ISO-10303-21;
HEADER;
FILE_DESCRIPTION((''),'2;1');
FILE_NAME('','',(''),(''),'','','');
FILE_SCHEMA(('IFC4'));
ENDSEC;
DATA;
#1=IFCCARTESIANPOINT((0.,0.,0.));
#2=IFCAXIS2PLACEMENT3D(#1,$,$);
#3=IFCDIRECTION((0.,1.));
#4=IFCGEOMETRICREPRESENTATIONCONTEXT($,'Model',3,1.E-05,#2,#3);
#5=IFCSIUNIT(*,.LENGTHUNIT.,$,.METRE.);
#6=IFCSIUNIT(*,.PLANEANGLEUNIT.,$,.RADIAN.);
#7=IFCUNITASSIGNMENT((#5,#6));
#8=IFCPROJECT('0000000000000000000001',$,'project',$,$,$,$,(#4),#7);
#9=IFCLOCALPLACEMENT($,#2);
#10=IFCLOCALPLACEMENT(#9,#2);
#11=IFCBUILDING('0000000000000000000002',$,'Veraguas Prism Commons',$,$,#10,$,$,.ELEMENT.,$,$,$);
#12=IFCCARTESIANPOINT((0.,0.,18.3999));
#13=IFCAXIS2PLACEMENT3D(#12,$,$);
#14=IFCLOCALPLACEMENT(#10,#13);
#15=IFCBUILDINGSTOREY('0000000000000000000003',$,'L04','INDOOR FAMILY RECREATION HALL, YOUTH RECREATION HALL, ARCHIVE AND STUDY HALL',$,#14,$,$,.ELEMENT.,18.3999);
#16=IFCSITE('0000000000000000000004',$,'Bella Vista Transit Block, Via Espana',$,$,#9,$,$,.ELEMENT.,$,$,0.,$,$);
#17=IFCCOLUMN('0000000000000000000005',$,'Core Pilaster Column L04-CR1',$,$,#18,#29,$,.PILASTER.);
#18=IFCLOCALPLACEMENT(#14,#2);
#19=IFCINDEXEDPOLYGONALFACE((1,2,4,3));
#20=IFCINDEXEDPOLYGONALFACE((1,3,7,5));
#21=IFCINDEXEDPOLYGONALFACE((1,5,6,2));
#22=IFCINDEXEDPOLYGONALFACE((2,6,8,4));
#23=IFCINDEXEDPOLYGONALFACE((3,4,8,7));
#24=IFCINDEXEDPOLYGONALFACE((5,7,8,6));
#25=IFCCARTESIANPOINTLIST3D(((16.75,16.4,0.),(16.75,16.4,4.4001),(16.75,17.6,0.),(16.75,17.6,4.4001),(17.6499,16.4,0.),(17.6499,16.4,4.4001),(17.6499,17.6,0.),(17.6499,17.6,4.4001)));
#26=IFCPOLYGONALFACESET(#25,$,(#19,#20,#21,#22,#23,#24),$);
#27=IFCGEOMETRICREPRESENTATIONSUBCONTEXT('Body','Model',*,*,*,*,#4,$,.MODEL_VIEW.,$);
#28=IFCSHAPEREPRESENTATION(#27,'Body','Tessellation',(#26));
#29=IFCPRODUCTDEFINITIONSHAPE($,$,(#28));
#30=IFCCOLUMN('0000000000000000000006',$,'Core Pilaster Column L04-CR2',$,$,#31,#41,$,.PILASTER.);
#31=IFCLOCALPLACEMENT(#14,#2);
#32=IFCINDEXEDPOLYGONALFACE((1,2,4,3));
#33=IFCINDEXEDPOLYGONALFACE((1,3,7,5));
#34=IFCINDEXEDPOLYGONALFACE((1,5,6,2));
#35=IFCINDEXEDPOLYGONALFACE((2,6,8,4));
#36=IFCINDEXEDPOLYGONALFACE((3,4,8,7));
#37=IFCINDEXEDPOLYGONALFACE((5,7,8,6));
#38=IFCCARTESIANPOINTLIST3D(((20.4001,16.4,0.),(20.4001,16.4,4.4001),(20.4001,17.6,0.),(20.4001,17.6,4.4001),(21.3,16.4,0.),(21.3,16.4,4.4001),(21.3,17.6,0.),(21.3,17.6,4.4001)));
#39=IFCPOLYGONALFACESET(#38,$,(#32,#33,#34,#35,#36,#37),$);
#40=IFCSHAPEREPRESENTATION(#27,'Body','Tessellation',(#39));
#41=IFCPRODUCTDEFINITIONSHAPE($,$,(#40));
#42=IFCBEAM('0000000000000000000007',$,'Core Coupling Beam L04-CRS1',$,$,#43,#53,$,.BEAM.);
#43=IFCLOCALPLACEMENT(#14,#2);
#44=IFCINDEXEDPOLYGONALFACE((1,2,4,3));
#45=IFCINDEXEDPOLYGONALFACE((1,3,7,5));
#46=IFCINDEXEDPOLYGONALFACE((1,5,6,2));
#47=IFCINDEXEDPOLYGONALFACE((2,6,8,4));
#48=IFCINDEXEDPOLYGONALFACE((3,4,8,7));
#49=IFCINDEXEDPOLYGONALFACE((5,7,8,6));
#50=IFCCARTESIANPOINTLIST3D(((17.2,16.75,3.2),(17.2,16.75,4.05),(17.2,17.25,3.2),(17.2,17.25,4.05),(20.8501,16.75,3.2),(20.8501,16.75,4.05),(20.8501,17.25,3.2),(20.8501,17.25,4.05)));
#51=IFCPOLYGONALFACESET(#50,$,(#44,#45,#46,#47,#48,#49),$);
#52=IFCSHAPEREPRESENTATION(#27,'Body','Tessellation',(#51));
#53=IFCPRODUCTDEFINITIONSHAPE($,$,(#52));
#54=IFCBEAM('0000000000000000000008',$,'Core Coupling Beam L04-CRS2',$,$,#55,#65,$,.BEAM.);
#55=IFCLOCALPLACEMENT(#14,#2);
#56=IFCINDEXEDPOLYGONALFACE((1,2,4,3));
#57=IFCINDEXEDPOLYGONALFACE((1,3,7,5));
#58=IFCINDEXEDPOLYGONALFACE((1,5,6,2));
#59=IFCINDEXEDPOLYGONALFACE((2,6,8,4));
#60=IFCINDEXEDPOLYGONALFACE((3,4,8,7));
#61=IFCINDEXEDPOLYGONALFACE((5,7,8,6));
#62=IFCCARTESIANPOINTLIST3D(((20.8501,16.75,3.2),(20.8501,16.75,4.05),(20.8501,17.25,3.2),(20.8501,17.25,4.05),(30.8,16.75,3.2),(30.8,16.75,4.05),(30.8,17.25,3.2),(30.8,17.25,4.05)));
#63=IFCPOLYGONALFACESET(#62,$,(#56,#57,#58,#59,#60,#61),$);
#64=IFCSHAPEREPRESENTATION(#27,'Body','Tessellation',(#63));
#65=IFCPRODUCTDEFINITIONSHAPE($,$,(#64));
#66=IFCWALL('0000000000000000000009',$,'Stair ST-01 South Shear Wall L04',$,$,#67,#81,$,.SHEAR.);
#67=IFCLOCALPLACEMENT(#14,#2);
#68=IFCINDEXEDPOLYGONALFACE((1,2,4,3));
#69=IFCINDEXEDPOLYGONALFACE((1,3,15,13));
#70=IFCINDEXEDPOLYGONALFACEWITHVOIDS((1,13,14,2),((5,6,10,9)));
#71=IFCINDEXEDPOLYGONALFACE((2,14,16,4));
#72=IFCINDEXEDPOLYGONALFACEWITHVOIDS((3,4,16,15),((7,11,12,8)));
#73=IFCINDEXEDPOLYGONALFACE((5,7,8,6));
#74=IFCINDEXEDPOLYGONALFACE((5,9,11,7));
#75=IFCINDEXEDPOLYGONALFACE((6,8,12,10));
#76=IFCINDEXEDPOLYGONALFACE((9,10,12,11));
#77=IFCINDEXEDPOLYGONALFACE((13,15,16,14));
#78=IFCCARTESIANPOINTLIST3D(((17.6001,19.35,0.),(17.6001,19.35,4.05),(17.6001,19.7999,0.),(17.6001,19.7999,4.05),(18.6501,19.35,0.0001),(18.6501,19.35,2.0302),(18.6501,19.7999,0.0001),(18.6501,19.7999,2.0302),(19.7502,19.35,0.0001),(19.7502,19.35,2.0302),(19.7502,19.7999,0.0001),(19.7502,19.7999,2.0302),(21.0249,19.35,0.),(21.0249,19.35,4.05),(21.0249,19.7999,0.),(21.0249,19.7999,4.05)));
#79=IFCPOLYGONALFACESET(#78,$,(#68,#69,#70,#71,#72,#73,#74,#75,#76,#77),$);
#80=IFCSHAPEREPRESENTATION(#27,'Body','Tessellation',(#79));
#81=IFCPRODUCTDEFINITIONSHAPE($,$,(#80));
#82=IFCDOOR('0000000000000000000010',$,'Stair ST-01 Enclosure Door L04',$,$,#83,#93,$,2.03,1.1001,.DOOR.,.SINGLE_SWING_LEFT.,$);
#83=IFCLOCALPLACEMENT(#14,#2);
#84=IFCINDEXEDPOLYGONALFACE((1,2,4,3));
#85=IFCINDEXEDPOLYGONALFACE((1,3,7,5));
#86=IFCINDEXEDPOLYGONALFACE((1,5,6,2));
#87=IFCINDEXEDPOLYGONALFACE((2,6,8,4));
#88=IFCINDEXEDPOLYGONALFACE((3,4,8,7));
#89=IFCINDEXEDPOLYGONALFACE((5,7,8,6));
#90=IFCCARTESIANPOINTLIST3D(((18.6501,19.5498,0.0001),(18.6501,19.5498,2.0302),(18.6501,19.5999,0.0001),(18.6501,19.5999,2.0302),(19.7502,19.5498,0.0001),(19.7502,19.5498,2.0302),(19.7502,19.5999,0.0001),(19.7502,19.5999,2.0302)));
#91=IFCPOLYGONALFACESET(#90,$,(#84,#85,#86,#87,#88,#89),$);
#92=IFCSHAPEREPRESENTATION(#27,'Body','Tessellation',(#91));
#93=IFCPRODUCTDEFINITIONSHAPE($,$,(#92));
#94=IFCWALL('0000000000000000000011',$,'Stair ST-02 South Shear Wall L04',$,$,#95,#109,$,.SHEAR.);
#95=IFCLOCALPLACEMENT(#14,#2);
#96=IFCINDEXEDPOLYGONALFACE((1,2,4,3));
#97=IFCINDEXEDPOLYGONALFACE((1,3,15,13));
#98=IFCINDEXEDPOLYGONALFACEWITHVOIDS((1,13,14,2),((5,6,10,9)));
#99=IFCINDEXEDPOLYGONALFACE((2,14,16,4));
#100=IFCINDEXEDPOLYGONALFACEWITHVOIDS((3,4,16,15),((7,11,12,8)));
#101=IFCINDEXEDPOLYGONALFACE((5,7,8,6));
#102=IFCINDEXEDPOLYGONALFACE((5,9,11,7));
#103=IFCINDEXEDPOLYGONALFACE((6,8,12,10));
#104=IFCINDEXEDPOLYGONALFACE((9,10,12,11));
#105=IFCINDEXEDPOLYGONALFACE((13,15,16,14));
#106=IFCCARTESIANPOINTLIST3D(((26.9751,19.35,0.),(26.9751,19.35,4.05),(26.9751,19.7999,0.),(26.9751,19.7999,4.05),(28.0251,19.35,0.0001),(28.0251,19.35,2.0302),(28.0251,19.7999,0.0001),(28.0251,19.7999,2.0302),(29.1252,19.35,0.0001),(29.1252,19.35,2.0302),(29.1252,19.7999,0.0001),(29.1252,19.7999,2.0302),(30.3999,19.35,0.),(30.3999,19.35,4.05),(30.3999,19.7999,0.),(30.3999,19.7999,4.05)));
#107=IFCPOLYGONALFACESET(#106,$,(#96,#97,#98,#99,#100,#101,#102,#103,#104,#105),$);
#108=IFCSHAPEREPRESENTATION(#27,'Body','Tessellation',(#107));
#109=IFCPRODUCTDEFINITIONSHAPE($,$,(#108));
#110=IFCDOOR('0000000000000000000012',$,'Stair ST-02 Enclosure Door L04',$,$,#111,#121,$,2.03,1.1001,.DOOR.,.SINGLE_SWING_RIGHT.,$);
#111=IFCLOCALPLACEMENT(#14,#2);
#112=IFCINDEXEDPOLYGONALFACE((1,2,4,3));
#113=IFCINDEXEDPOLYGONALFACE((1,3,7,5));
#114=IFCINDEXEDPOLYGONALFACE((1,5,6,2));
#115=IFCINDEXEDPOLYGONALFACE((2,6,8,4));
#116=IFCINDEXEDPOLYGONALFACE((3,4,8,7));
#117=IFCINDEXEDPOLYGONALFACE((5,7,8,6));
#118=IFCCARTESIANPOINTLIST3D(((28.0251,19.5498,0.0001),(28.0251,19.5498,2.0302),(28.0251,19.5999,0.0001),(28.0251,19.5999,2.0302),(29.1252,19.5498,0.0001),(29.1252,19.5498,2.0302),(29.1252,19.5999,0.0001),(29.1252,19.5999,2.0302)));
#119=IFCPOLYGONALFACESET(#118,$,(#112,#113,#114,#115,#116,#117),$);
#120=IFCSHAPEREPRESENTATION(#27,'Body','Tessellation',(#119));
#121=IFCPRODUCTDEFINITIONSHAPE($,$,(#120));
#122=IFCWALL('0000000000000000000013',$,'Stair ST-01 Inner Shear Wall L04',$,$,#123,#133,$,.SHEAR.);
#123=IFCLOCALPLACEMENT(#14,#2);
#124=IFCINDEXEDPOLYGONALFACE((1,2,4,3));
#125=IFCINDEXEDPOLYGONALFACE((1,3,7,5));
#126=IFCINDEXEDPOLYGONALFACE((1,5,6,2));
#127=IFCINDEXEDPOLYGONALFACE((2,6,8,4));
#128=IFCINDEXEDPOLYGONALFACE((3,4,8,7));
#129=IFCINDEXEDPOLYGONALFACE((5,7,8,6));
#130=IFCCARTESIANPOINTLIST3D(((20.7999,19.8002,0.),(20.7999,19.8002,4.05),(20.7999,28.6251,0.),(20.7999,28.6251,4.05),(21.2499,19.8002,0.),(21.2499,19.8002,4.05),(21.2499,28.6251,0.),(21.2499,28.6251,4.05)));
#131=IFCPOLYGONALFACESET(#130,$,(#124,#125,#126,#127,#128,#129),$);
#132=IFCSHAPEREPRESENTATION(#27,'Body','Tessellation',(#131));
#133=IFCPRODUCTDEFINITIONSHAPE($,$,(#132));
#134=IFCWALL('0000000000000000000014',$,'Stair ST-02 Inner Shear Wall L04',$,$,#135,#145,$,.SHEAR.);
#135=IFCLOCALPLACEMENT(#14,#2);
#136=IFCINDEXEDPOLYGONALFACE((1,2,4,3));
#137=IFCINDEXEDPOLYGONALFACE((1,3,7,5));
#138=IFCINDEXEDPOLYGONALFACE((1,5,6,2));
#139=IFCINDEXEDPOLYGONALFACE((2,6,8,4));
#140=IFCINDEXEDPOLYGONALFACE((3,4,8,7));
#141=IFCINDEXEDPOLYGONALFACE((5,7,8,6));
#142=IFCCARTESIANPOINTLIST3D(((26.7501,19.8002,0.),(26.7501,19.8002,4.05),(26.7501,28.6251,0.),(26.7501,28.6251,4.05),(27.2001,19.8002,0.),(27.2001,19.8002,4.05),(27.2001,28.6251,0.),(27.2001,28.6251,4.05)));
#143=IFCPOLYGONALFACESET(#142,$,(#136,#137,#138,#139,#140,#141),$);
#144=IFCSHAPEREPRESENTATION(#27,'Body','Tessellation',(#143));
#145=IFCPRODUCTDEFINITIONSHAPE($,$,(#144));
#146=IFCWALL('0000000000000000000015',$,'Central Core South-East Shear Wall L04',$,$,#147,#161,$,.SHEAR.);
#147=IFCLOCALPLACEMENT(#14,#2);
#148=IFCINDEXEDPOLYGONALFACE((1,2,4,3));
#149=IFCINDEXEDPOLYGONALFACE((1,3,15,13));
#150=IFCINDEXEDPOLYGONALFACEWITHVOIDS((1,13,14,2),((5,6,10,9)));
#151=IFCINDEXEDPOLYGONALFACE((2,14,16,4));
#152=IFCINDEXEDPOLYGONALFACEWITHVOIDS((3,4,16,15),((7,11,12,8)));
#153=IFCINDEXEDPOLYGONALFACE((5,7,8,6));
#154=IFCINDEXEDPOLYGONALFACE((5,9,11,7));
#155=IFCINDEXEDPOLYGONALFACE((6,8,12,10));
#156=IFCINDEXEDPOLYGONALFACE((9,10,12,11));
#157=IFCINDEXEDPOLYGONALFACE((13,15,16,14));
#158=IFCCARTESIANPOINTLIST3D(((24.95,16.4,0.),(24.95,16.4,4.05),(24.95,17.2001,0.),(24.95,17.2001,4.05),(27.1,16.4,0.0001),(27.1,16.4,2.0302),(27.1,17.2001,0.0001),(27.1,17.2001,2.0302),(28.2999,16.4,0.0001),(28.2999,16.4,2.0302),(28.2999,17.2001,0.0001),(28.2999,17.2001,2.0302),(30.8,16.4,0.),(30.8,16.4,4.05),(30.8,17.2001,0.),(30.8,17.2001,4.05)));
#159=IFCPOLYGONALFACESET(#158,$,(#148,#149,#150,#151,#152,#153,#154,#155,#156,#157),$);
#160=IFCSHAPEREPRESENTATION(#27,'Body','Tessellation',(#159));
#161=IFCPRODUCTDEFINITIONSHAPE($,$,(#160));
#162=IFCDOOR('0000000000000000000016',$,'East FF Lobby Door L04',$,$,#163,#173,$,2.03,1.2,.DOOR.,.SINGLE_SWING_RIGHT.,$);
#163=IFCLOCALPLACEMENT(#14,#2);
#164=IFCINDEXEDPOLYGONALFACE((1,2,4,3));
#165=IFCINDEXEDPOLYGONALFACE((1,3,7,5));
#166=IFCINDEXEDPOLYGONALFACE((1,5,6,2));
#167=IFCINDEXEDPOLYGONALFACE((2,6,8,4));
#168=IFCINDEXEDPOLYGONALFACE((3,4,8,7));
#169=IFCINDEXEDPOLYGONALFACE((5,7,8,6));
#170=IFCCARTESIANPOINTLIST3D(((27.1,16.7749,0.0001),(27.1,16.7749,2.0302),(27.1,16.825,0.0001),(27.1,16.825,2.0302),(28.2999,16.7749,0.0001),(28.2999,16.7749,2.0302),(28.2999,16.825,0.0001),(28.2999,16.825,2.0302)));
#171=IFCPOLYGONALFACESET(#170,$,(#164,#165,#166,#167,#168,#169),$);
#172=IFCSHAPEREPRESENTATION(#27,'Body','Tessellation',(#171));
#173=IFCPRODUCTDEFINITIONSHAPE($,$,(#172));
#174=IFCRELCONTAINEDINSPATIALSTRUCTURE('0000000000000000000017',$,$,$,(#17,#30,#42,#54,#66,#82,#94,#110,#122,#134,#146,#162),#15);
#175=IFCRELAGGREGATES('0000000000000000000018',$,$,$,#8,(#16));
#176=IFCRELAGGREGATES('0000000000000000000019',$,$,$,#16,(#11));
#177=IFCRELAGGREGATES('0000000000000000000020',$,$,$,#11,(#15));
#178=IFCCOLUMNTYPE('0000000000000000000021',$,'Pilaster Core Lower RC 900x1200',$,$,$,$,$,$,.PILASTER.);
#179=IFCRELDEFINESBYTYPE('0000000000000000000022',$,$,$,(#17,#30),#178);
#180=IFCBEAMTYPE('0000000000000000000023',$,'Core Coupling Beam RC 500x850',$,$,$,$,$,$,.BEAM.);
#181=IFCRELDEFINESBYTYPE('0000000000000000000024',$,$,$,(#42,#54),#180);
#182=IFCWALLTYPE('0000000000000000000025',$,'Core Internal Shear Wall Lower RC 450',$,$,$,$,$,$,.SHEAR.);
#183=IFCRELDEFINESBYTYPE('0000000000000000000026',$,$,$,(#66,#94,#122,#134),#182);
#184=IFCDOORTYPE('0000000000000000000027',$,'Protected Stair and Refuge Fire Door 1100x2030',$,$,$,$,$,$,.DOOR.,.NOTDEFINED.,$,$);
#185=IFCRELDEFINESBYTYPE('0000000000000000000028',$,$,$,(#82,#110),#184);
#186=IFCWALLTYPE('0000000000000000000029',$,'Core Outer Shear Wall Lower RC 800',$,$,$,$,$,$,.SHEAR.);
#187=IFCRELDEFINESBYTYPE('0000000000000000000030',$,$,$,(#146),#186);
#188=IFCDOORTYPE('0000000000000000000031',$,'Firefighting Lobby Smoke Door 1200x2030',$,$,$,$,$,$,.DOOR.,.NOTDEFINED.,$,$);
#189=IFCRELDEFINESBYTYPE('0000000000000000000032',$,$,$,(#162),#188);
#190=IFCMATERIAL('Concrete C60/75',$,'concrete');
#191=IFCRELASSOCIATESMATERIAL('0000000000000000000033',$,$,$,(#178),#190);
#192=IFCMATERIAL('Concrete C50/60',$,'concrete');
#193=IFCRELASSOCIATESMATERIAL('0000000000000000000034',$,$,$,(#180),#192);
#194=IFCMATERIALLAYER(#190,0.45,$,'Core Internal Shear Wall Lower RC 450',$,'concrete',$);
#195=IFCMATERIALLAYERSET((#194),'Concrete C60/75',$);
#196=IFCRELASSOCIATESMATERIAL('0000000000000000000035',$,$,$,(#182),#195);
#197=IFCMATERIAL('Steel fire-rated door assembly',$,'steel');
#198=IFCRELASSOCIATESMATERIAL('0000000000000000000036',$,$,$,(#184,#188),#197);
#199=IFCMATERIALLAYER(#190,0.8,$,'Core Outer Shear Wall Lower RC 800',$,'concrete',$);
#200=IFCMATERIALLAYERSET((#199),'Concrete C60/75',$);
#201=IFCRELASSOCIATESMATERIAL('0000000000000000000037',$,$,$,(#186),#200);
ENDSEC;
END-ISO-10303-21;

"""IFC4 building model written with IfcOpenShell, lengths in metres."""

from ifc_helpers import new_model, si_unit, direction, frame, frame_2d, origin, origin_2d, place, context, subcontext, project, spatial, rectangle, extrude, source, transform, mapped, material, layer, layer_set, material_profile, profile_set, type_object, element, fill, save


model = new_model("IFC4")

# Units and contexts
model_context = context("Model", 3, precision=1e-05, world=origin(), true_north=direction((0.0, 1.0)))
body_context = subcontext(model_context, "Body", "Model", "MODEL_VIEW")
ifc_project = project(units=[si_unit("LENGTHUNIT", "METRE"), si_unit("PLANEANGLEUNIT", "RADIAN")], contexts=[model_context])

# Site, building, storey
site_placement = place(None, origin())
site = spatial("IfcSite", under=ifc_project, at=site_placement, Name="Bella Vista Transit Block, Via Espana", CompositionType="ELEMENT", RefElevation=0.0)
building_placement = place(site_placement, origin())
building = spatial("IfcBuilding", under=site, at=building_placement, Name="Veraguas Prism Commons", CompositionType="ELEMENT")
storey_placement = place(building_placement, frame((0.0, 0.0, 18.3999)))
storey = spatial("IfcBuildingStorey", under=building, at=storey_placement, Name="L04", Description="INDOOR FAMILY RECREATION HALL, YOUTH RECREATION HALL, ARCHIVE AND STUDY HALL", CompositionType="ELEMENT", Elevation=18.3999)

# Columns
ifc_material_1 = material(Name="Concrete C60/75", Category="concrete")
ifc_material_profile_1 = material_profile(ifc_material_1, rectangle(XDim=0.8999, YDim=1.2, at=origin_2d()), Name="RC900X1200")
ifc_profile_set_1 = profile_set([ifc_material_profile_1], Name="Concrete C60/75")
column_type = type_object("IfcColumnType", Name="Pilaster Core Lower RC 900x1200", PredefinedType="PILASTER", material=ifc_profile_set_1)
for number, where, z_axis, x_axis, name in (
    (1, (17.2, 17.0, 0.0), (0.0, 0.0, 1.0), (1.0, 0.0, 0.0), "Core Pilaster Column L04-CR1"),
    (2, (20.8501, 17.0, 0.0), (0.0, 0.0, 1.0), (1.0, 0.0, 0.0), "Core Pilaster Column L04-CR2"),
):
    element("IfcColumn", number, at=place(storey_placement, frame(where, z_axis=z_axis, x_axis=x_axis)), inside=storey, type_object=column_type, Name=name, PredefinedType="PILASTER", context=body_context, shape_type="SweptSolid", body=[
        extrude(rectangle(XDim=0.8999, YDim=1.2, at=origin_2d()), origin(), (0.0, 0.0, 1.0), 4.4001),
    ])

# Beams
ifc_material_2 = material(Name="Concrete C50/60", Category="concrete")
ifc_material_profile_2 = material_profile(ifc_material_2, rectangle(XDim=0.5, YDim=0.8501, at=origin_2d()), Name="RC500X850")
ifc_profile_set_2 = profile_set([ifc_material_profile_2], Name="Concrete C50/60")
beam_type = type_object("IfcBeamType", Name="Core Coupling Beam RC 500x850", PredefinedType="BEAM", material=ifc_profile_set_2)
beam_1_placement = place(storey_placement, frame((17.2, 17.0, 3.625), z_axis=(1.0, 0.0, 0.0), x_axis=(0.0, 1.0, 0.0)))
element("IfcBeam", 3, at=beam_1_placement, inside=storey, type_object=beam_type, Name="Core Coupling Beam L04-CRS1", PredefinedType="BEAM", context=body_context, shape_type="SweptSolid", body=[
    extrude(rectangle(XDim=0.5, YDim=0.8501, at=origin_2d()), origin(), (0.0, 0.0, 1.0), 3.6501),
])
beam_2_placement = place(storey_placement, frame((20.8501, 17.0, 3.625), z_axis=(1.0, 0.0, 0.0), x_axis=(0.0, 1.0, 0.0)))
element("IfcBeam", 4, at=beam_2_placement, inside=storey, type_object=beam_type, Name="Core Coupling Beam L04-CRS2", PredefinedType="BEAM", context=body_context, shape_type="SweptSolid", body=[
    extrude(rectangle(XDim=0.5, YDim=0.8501, at=origin_2d()), origin(), (0.0, 0.0, 1.0), 9.95),
])

# Walls, openings, doors
ifc_layer_1 = layer(ifc_material_1, 0.45, Name="Core Internal Shear Wall Lower RC 450", Category="concrete")
ifc_layer_set_1 = layer_set([ifc_layer_1], Name="Concrete C60/75")
wall_type_1 = type_object("IfcWallType", Name="Core Internal Shear Wall Lower RC 450", PredefinedType="SHEAR", material=ifc_layer_set_1)
wall_1_placement = place(storey_placement, frame((17.6001, 19.575, 0.0), z_axis=(0.0, 0.0, 1.0), x_axis=(1.0, 0.0, 0.0)))
wall_1 = element("IfcWall", 5, at=wall_1_placement, inside=storey, type_object=wall_type_1, Name="Stair ST-01 South Shear Wall L04", PredefinedType="SHEAR", context=body_context, shape_type="SweptSolid", body=[
    extrude(rectangle(XDim=3.4248, YDim=0.45, at=frame_2d((1.7124, 0.0))), origin(), (0.0, 0.0, 1.0), 4.05),
])
opening_1_placement = place(wall_1_placement, frame((1.05, 0.0, 0.0)))
opening_1 = element("IfcOpeningElement", 6, at=opening_1_placement, cuts=wall_1, PredefinedType="OPENING", context=body_context, shape_type="SweptSolid", body=[
    extrude(rectangle(XDim=1.1001, YDim=2.03, at=frame_2d((0.55, 1.0151))), frame((0.0, 0.2349, 0.0), z_axis=(0.0, -1.0, 0.0), x_axis=(1.0, 0.0, 0.0)), (0.0, 0.0, 1.0), 0.47),
])
ifc_material_3 = material(Name="Steel fire-rated door assembly", Category="steel")
door_type_1 = type_object("IfcDoorType", Name="Protected Stair and Refuge Fire Door 1100x2030", OperationType="NOTDEFINED", PredefinedType="DOOR", material=ifc_material_3)
shared_shape_1 = source(origin(), body_context, "Body", "SweptSolid", [
    extrude(rectangle(XDim=1.1001, YDim=2.03, at=frame_2d((0.55, 1.0151))), frame((0.0, 0.0249, 0.0), z_axis=(0.0, -1.0, 0.0), x_axis=(1.0, 0.0, 0.0)), (0.0, 0.0, 1.0), 0.05),
])
door_1_placement = place(opening_1_placement, origin())
door_1 = element("IfcDoor", 7, at=door_1_placement, inside=storey, type_object=door_type_1, Name="Stair ST-01 Enclosure Door L04", OperationType="SINGLE_SWING_LEFT", OverallHeight=2.03, OverallWidth=1.1001, PredefinedType="DOOR", context=body_context, shape_type="MappedRepresentation", body=[
    mapped(shared_shape_1, transform((0.0, 0.0, 0.0), scale=1.0)),
])
fill(opening_1, door_1)
wall_2_placement = place(storey_placement, frame((26.9751, 19.575, 0.0), z_axis=(0.0, 0.0, 1.0), x_axis=(1.0, 0.0, 0.0)))
wall_2 = element("IfcWall", 8, at=wall_2_placement, inside=storey, type_object=wall_type_1, Name="Stair ST-02 South Shear Wall L04", PredefinedType="SHEAR", context=body_context, shape_type="SweptSolid", body=[
    extrude(rectangle(XDim=3.4248, YDim=0.45, at=frame_2d((1.7124, 0.0))), origin(), (0.0, 0.0, 1.0), 4.05),
])
opening_2_placement = place(wall_2_placement, frame((1.05, 0.0, 0.0)))
opening_2 = element("IfcOpeningElement", 9, at=opening_2_placement, cuts=wall_2, PredefinedType="OPENING", context=body_context, shape_type="SweptSolid", body=[
    extrude(rectangle(XDim=1.1001, YDim=2.03, at=frame_2d((0.55, 1.0151))), frame((0.0, 0.2349, 0.0), z_axis=(0.0, -1.0, 0.0), x_axis=(1.0, 0.0, 0.0)), (0.0, 0.0, 1.0), 0.47),
])
door_2_placement = place(opening_2_placement, origin())
door_2 = element("IfcDoor", 10, at=door_2_placement, inside=storey, type_object=door_type_1, Name="Stair ST-02 Enclosure Door L04", OperationType="SINGLE_SWING_RIGHT", OverallHeight=2.03, OverallWidth=1.1001, PredefinedType="DOOR", context=body_context, shape_type="MappedRepresentation", body=[
    mapped(shared_shape_1, transform((0.0, 0.0, 0.0), scale=1.0)),
])
fill(opening_2, door_2)

# Walls
for number, where, z_axis, x_axis, name in (
    (11, (21.0249, 19.8, 0.0), (0.0, 0.0, 1.0), (0.0, 1.0, 0.0), "Stair ST-01 Inner Shear Wall L04"),
    (12, (26.9751, 19.8, 0.0), (0.0, 0.0, 1.0), (0.0, 1.0, 0.0), "Stair ST-02 Inner Shear Wall L04"),
):
    element("IfcWall", number, at=place(storey_placement, frame(where, z_axis=z_axis, x_axis=x_axis)), inside=storey, type_object=wall_type_1, Name=name, PredefinedType="SHEAR", context=body_context, shape_type="SweptSolid", body=[
        extrude(rectangle(XDim=8.825, YDim=0.45, at=frame_2d((4.4126, 0.0))), origin(), (0.0, 0.0, 1.0), 4.05),
    ])

# Wall, opening, door
ifc_layer_2 = layer(ifc_material_1, 0.8, Name="Core Outer Shear Wall Lower RC 800", Category="concrete")
ifc_layer_set_2 = layer_set([ifc_layer_2], Name="Concrete C60/75")
wall_type_2 = type_object("IfcWallType", Name="Core Outer Shear Wall Lower RC 800", PredefinedType="SHEAR", material=ifc_layer_set_2)
wall_3_placement = place(storey_placement, frame((24.95, 16.8, 0.0), z_axis=(0.0, 0.0, 1.0), x_axis=(1.0, 0.0, 0.0)))
wall_3 = element("IfcWall", 13, at=wall_3_placement, inside=storey, type_object=wall_type_2, Name="Central Core South-East Shear Wall L04", PredefinedType="SHEAR", context=body_context, shape_type="SweptSolid", body=[
    extrude(rectangle(XDim=5.8501, YDim=0.8, at=frame_2d((2.925, 0.0))), origin(), (0.0, 0.0, 1.0), 4.05),
])
opening_3_placement = place(wall_3_placement, frame((2.1499, 0.0, 0.0)))
opening_3 = element("IfcOpeningElement", 14, at=opening_3_placement, cuts=wall_3, PredefinedType="OPENING", context=body_context, shape_type="SweptSolid", body=[
    extrude(rectangle(XDim=1.2, YDim=2.03, at=frame_2d((0.6001, 1.0151))), frame((0.0, 0.4099, 0.0), z_axis=(0.0, -1.0, 0.0), x_axis=(1.0, 0.0, 0.0)), (0.0, 0.0, 1.0), 0.8201),
])
door_type_2 = type_object("IfcDoorType", Name="Firefighting Lobby Smoke Door 1200x2030", OperationType="NOTDEFINED", PredefinedType="DOOR", material=ifc_material_3)
shared_shape_2 = source(origin(), body_context, "Body", "SweptSolid", [
    extrude(rectangle(XDim=1.2, YDim=2.03, at=frame_2d((0.6001, 1.0151))), frame((0.0, 0.0249, 0.0), z_axis=(0.0, -1.0, 0.0), x_axis=(1.0, 0.0, 0.0)), (0.0, 0.0, 1.0), 0.05),
])
door_3_placement = place(opening_3_placement, origin())
door_3 = element("IfcDoor", 15, at=door_3_placement, inside=storey, type_object=door_type_2, Name="East FF Lobby Door L04", OperationType="SINGLE_SWING_RIGHT", OverallHeight=2.03, OverallWidth=1.2, PredefinedType="DOOR", context=body_context, shape_type="MappedRepresentation", body=[
    mapped(shared_shape_2, transform((0.0, 0.0, 0.0), scale=1.0)),
])
fill(opening_3, door_3)

save(model, "model.ifc")
